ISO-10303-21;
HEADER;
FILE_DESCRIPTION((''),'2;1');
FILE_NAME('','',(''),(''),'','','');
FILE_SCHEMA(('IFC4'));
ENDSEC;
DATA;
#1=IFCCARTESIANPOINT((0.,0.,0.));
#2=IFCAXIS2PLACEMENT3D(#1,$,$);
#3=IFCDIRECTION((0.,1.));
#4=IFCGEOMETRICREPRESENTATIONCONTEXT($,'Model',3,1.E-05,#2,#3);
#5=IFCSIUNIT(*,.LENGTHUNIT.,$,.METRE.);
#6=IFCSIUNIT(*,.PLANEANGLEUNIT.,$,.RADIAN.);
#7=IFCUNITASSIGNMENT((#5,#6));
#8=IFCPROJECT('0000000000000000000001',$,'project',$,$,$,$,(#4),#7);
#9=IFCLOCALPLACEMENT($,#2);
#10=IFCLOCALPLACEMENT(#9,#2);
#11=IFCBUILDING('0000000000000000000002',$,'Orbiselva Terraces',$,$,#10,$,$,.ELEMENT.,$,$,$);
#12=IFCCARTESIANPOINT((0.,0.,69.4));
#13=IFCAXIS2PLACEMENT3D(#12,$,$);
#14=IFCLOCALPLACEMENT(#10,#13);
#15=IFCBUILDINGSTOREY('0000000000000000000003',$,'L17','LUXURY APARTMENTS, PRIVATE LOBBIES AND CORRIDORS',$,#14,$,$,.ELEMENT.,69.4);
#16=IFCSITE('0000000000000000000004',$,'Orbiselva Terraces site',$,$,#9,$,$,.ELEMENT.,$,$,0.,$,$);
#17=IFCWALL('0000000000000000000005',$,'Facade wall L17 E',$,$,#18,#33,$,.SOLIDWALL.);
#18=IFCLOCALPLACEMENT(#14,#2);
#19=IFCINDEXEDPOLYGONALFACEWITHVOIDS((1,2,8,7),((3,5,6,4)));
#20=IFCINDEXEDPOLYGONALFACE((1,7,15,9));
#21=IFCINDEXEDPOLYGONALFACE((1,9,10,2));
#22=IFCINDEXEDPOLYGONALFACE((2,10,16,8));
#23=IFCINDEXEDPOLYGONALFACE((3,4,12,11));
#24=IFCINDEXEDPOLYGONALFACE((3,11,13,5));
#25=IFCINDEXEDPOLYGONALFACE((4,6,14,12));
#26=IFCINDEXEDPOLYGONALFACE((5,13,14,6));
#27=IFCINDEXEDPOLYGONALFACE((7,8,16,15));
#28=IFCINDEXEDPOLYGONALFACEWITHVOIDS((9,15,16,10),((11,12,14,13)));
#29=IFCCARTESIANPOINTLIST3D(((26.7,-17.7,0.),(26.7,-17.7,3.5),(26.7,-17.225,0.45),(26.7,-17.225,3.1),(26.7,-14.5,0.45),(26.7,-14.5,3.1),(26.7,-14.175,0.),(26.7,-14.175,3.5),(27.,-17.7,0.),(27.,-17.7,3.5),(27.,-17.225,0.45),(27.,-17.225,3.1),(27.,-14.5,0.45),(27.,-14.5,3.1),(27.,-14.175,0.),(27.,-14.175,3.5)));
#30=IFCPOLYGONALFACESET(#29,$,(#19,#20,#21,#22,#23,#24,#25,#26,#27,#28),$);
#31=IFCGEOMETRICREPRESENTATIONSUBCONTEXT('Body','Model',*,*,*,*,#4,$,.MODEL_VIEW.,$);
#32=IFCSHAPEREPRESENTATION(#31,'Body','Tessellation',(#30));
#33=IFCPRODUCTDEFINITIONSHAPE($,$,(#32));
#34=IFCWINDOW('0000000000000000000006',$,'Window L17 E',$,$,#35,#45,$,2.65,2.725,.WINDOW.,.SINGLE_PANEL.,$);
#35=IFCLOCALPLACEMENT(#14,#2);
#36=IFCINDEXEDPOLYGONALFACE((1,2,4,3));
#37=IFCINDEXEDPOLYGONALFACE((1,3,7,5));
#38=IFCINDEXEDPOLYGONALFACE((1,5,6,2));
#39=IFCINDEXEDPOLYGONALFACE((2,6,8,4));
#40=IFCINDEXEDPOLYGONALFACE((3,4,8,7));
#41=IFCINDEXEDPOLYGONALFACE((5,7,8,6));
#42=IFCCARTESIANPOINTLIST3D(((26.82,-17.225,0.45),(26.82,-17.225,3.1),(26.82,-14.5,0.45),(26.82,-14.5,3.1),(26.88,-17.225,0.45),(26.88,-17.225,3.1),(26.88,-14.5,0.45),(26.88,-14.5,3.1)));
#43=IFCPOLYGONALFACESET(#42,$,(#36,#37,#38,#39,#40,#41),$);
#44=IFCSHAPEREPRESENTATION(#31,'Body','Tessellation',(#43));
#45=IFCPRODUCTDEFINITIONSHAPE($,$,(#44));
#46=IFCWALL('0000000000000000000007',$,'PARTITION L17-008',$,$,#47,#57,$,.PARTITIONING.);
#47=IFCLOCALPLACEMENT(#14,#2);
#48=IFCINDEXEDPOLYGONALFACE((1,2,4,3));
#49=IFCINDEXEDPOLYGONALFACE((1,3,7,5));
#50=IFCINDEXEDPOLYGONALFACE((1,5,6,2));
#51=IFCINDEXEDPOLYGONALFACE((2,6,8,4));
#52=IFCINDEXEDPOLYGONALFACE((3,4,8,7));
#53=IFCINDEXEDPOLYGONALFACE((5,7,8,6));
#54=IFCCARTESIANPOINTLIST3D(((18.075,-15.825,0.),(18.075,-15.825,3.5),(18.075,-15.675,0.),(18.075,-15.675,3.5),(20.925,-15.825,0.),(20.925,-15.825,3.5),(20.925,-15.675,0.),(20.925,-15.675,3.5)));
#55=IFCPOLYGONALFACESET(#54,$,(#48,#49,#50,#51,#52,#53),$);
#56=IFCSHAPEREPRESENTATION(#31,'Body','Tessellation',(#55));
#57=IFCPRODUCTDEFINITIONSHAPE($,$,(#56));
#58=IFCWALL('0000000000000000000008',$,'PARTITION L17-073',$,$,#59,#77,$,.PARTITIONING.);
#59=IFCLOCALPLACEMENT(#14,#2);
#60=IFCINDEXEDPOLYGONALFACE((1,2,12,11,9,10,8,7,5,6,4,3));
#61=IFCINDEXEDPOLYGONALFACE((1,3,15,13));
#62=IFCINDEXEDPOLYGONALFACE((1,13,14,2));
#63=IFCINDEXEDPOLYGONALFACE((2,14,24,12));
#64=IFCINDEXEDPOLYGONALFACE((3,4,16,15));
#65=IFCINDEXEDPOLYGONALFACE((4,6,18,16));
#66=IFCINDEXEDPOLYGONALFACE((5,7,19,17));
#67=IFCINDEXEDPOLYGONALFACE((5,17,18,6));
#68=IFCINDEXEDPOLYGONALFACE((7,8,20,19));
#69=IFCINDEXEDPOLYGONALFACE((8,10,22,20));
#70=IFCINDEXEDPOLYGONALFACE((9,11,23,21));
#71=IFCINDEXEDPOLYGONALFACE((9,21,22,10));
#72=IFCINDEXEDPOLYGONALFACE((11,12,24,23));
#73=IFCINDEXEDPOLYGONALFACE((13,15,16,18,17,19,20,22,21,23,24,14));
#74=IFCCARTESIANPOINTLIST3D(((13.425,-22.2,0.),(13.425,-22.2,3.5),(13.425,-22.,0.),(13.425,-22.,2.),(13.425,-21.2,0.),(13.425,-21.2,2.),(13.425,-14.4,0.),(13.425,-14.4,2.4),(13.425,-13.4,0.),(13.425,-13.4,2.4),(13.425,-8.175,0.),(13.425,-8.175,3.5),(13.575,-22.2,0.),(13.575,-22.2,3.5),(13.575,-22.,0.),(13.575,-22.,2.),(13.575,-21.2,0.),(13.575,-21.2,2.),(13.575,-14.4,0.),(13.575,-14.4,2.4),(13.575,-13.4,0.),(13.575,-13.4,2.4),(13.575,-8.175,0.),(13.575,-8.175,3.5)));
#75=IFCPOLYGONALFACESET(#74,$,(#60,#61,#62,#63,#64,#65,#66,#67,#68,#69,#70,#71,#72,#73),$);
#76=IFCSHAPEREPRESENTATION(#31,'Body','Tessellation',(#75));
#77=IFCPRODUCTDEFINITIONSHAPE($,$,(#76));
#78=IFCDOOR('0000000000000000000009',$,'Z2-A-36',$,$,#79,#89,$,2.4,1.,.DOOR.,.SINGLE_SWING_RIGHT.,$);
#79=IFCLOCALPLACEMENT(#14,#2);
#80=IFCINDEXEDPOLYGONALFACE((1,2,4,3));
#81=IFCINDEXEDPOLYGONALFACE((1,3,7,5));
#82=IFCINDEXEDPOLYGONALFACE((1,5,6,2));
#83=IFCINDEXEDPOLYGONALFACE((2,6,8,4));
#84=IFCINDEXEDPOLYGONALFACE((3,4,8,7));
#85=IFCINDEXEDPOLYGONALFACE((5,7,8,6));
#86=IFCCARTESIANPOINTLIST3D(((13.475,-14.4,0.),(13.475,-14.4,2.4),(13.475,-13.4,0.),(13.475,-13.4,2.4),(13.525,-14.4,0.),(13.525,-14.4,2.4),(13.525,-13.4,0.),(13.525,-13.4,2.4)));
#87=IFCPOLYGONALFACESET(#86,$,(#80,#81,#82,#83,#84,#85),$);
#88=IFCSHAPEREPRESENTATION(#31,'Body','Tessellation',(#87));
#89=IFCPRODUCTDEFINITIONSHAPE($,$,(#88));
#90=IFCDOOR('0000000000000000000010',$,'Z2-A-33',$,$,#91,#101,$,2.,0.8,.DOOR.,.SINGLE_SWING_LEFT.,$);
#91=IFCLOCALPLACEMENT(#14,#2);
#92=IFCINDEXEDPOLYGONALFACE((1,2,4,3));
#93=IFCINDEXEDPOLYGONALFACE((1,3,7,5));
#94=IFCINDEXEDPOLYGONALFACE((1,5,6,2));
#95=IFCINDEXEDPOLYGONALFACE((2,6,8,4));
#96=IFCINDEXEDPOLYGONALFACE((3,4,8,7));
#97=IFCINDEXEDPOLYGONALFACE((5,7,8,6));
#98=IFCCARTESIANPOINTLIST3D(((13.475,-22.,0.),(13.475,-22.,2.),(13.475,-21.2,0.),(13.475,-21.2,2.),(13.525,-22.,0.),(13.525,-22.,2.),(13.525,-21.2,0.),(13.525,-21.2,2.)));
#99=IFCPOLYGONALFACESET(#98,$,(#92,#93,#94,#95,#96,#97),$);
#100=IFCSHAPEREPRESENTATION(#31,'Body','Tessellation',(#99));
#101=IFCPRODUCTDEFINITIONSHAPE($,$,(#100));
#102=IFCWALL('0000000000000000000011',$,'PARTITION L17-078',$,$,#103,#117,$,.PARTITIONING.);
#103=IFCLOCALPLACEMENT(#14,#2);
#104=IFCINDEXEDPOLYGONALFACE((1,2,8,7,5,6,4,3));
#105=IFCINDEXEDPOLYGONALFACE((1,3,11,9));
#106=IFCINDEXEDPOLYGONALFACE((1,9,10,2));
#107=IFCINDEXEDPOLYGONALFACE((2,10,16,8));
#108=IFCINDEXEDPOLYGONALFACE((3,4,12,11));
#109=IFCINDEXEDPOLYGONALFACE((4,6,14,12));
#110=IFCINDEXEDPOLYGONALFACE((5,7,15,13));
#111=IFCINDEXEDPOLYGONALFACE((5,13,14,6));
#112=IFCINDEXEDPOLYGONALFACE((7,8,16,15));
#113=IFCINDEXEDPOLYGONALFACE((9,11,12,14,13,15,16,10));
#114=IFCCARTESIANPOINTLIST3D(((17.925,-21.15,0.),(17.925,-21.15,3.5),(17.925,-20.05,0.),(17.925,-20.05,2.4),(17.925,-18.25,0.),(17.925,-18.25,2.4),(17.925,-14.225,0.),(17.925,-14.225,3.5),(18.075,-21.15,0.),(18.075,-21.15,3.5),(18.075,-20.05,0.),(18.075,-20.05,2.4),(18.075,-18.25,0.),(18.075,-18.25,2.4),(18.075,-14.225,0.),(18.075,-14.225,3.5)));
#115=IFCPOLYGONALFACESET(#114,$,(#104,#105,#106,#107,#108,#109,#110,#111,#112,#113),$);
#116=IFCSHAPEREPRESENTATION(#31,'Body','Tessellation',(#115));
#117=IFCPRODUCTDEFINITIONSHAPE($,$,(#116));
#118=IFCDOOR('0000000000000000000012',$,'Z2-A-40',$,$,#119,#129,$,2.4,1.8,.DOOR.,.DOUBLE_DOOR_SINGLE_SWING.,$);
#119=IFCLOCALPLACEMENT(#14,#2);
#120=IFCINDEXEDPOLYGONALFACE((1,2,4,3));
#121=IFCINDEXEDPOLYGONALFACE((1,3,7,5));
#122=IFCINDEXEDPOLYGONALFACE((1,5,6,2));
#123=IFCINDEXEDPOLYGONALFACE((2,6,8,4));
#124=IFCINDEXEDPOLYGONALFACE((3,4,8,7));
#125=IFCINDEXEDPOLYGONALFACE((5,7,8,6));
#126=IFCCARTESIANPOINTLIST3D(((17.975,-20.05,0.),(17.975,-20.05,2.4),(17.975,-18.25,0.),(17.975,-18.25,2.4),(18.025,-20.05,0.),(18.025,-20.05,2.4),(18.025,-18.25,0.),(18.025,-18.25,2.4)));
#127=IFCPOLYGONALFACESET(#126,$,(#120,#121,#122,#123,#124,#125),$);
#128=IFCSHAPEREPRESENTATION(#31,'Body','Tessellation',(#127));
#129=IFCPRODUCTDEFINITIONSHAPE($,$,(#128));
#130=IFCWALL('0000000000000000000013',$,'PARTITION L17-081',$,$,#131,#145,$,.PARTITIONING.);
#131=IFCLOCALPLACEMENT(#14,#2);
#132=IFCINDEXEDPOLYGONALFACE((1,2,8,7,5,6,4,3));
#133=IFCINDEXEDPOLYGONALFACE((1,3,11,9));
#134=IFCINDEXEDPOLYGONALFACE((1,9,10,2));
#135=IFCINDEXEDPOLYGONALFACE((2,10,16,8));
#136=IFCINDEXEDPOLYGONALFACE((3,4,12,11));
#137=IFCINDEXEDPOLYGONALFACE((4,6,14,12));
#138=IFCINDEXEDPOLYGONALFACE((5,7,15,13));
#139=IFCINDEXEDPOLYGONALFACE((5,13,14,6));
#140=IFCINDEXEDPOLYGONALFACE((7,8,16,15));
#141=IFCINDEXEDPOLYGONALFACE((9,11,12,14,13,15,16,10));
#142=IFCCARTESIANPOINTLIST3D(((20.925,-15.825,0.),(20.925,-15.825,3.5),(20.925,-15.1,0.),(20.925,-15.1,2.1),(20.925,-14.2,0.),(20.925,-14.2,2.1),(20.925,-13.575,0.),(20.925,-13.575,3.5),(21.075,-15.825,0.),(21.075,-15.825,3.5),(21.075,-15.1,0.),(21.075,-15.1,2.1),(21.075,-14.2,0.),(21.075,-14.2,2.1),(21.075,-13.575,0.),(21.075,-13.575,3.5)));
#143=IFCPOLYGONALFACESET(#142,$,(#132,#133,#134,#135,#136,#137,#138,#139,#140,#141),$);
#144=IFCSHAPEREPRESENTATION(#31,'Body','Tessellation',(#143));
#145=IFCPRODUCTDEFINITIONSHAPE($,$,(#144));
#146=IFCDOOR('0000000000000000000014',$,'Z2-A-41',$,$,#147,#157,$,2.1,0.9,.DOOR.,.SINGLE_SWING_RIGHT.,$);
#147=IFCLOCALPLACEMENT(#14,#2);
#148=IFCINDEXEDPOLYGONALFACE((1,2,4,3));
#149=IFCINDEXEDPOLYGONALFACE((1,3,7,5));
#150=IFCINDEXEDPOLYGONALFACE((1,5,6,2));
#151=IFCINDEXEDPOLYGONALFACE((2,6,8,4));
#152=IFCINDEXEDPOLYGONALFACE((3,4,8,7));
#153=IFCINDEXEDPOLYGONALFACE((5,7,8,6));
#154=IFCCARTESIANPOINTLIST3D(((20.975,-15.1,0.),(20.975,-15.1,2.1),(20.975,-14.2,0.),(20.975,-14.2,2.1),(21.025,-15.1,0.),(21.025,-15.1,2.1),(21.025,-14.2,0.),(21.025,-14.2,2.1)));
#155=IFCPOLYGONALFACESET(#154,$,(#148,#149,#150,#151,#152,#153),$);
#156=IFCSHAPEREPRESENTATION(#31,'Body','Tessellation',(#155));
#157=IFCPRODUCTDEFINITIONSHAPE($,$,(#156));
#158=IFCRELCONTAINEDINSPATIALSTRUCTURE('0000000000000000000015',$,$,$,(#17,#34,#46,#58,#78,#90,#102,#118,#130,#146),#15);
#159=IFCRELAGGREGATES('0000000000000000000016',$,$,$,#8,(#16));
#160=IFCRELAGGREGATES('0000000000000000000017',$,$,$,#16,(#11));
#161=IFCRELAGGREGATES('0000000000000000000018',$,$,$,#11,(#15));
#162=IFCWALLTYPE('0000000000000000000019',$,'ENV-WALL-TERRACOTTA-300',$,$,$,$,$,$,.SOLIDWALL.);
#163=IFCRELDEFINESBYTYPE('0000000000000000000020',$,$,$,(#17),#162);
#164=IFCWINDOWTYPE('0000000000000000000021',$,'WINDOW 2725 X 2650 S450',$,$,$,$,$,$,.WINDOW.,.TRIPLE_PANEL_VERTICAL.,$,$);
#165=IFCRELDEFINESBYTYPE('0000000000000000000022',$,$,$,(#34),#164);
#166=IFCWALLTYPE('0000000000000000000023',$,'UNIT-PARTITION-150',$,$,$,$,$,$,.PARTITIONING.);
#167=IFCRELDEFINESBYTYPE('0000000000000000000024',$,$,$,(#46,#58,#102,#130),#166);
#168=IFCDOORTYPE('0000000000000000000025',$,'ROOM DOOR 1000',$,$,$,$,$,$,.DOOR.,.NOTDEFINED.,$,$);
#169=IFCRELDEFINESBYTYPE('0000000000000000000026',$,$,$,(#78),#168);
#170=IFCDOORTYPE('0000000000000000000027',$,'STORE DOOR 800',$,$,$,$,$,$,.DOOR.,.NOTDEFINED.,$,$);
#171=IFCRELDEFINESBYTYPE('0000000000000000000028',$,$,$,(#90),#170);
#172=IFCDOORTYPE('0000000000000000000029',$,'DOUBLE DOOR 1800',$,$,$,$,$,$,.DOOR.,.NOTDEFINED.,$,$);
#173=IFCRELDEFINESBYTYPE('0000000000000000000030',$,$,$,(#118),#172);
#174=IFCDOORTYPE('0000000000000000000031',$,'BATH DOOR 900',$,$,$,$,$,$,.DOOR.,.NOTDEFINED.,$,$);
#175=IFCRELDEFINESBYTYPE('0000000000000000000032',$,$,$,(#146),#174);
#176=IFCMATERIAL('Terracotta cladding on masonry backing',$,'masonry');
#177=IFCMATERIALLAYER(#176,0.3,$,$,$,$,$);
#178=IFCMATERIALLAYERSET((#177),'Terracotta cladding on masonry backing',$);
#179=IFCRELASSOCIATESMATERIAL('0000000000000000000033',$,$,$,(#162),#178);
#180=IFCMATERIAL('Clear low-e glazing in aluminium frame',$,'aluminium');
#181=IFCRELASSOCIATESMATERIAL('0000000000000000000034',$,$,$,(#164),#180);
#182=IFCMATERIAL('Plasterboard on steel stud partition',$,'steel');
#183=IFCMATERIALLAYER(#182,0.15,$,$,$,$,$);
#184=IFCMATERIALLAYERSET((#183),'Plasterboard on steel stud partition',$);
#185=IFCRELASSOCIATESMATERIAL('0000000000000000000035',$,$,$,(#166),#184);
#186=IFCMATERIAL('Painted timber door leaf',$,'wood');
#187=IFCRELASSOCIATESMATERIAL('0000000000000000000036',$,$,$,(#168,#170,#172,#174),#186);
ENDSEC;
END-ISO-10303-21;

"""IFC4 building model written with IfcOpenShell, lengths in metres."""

from ifc_helpers import new_model, si_unit, direction, frame, frame_2d, origin, place, context, subcontext, project, spatial, rectangle, extrude, material, layer, layer_set, type_object, element, fill, save


model = new_model("IFC4")

# Units and contexts
model_context = context("Model", 3, precision=1e-05, world=origin(), true_north=direction((0.0, 1.0)))
body_context = subcontext(model_context, "Body", "Model", "MODEL_VIEW")
ifc_project = project(units=[si_unit("LENGTHUNIT", "METRE"), si_unit("PLANEANGLEUNIT", "RADIAN")], contexts=[model_context])

# Site, building, storey
site_placement = place(None, origin())
site = spatial("IfcSite", under=ifc_project, at=site_placement, Name="Orbiselva Terraces site", CompositionType="ELEMENT", RefElevation=0.0)
building_placement = place(site_placement, origin())
building = spatial("IfcBuilding", under=site, at=building_placement, Name="Orbiselva Terraces", CompositionType="ELEMENT")
storey_placement = place(building_placement, frame((0.0, 0.0, 69.4)))
storey = spatial("IfcBuildingStorey", under=building, at=storey_placement, Name="L17", Description="LUXURY APARTMENTS, PRIVATE LOBBIES AND CORRIDORS", CompositionType="ELEMENT", Elevation=69.4)

# Shared definitions
ifc_material_1 = material(Name="Terracotta cladding on masonry backing", Category="masonry")
ifc_layer_1 = layer(ifc_material_1, 0.3)
ifc_layer_set_1 = layer_set([ifc_layer_1], Name="Terracotta cladding on masonry backing")
wall_type_1 = type_object("IfcWallType", Name="ENV-WALL-TERRACOTTA-300", PredefinedType="SOLIDWALL", material=ifc_layer_set_1)
ifc_material_2 = material(Name="Clear low-e glazing in aluminium frame", Category="aluminium")
window_type = type_object("IfcWindowType", Name="WINDOW 2725 X 2650 S450", PartitioningType="TRIPLE_PANEL_VERTICAL", PredefinedType="WINDOW", material=ifc_material_2)

# Wall, opening, window
wall_1_placement = place(storey_placement, frame((26.85, -14.175, 0.0), z_axis=(0.0, 0.0, 1.0), x_axis=(0.0, -1.0, 0.0)))
wall_1 = element("IfcWall", 1, at=wall_1_placement, inside=storey, type_object=wall_type_1, Name="Facade wall L17 E", PredefinedType="SOLIDWALL", context=body_context, shape_type="SweptSolid", body=[
    extrude(rectangle(XDim=3.525, YDim=0.3, at=frame_2d((1.7625, 0.0))), origin(), (0.0, 0.0, 1.0), 3.5),
])
opening_1_placement = place(wall_1_placement, frame((0.325, 0.0, 0.45)))
opening_1 = element("IfcOpeningElement", 2, at=opening_1_placement, cuts=wall_1, PredefinedType="OPENING", context=body_context, shape_type="SweptSolid", body=[
    extrude(rectangle(XDim=2.725, YDim=2.65, at=frame_2d((1.3625, 1.325))), frame((0.0, 0.16, 0.0), z_axis=(0.0, -1.0, 0.0), x_axis=(1.0, 0.0, 0.0)), (0.0, 0.0, 1.0), 0.32),
])
window_1_placement = place(opening_1_placement, origin())
window_1 = element("IfcWindow", 3, at=window_1_placement, inside=storey, type_object=window_type, Name="Window L17 E", OverallHeight=2.65, OverallWidth=2.725, PartitioningType="SINGLE_PANEL", PredefinedType="WINDOW", context=body_context, shape_type="SweptSolid", body=[
    extrude(rectangle(XDim=2.725, YDim=2.65, at=frame_2d((1.3625, 1.325))), frame((0.0, 0.03, 0.0), z_axis=(0.0, -1.0, 0.0), x_axis=(1.0, 0.0, 0.0)), (0.0, 0.0, 1.0), 0.06),
])
fill(opening_1, window_1)

# Wall
ifc_material_3 = material(Name="Plasterboard on steel stud partition", Category="steel")
ifc_layer_2 = layer(ifc_material_3, 0.15)
ifc_layer_set_2 = layer_set([ifc_layer_2], Name="Plasterboard on steel stud partition")
wall_type_2 = type_object("IfcWallType", Name="UNIT-PARTITION-150", PredefinedType="PARTITIONING", material=ifc_layer_set_2)
wall_2_placement = place(storey_placement, frame((18.075, -15.75, 0.0), z_axis=(0.0, 0.0, 1.0), x_axis=(1.0, 0.0, 0.0)))
element("IfcWall", 4, at=wall_2_placement, inside=storey, type_object=wall_type_2, Name="PARTITION L17-008", PredefinedType="PARTITIONING", context=body_context, shape_type="SweptSolid", body=[
    extrude(rectangle(XDim=2.85, YDim=0.15, at=frame_2d((1.425, 0.0))), origin(), (0.0, 0.0, 1.0), 3.5),
])

# Wall, openings, doors
wall_3_placement = place(storey_placement, frame((13.5, -22.2, 0.0), z_axis=(0.0, 0.0, 1.0), x_axis=(0.0, 1.0, 0.0)))
wall_3 = element("IfcWall", 5, at=wall_3_placement, inside=storey, type_object=wall_type_2, Name="PARTITION L17-073", PredefinedType="PARTITIONING", context=body_context, shape_type="SweptSolid", body=[
    extrude(rectangle(XDim=14.025, YDim=0.15, at=frame_2d((7.0125, 0.0))), origin(), (0.0, 0.0, 1.0), 3.5),
])
opening_2_placement = place(wall_3_placement, frame((0.2, 0.0, 0.0)))
opening_2 = element("IfcOpeningElement", 6, at=opening_2_placement, cuts=wall_3, PredefinedType="OPENING", context=body_context, shape_type="SweptSolid", body=[
    extrude(rectangle(XDim=0.8, YDim=2.0, at=frame_2d((0.4, 1.0))), frame((0.0, 0.085, 0.0), z_axis=(0.0, -1.0, 0.0), x_axis=(1.0, 0.0, 0.0)), (0.0, 0.0, 1.0), 0.17),
])
opening_3_placement = place(wall_3_placement, frame((7.8, 0.0, 0.0)))
opening_3 = element("IfcOpeningElement", 7, at=opening_3_placement, cuts=wall_3, PredefinedType="OPENING", context=body_context, shape_type="SweptSolid", body=[
    extrude(rectangle(XDim=1.0, YDim=2.4, at=frame_2d((0.5, 1.2))), frame((0.0, 0.085, 0.0), z_axis=(0.0, -1.0, 0.0), x_axis=(1.0, 0.0, 0.0)), (0.0, 0.0, 1.0), 0.17),
])
ifc_material_4 = material(Name="Painted timber door leaf", Category="wood")
door_type_1 = type_object("IfcDoorType", Name="ROOM DOOR 1000", OperationType="NOTDEFINED", PredefinedType="DOOR", material=ifc_material_4)
door_1_placement = place(opening_3_placement, origin())
door_1 = element("IfcDoor", 8, at=door_1_placement, inside=storey, type_object=door_type_1, Name="Z2-A-36", OperationType="SINGLE_SWING_RIGHT", OverallHeight=2.4, OverallWidth=1.0, PredefinedType="DOOR", context=body_context, shape_type="SweptSolid", body=[
    extrude(rectangle(XDim=1.0, YDim=2.4, at=frame_2d((0.5, 1.2))), frame((0.0, 0.025, 0.0), z_axis=(0.0, -1.0, 0.0), x_axis=(1.0, 0.0, 0.0)), (0.0, 0.0, 1.0), 0.05),
])
fill(opening_3, door_1)
door_type_2 = type_object("IfcDoorType", Name="STORE DOOR 800", OperationType="NOTDEFINED", PredefinedType="DOOR", material=ifc_material_4)
door_2_placement = place(opening_2_placement, origin())
door_2 = element("IfcDoor", 9, at=door_2_placement, inside=storey, type_object=door_type_2, Name="Z2-A-33", OperationType="SINGLE_SWING_LEFT", OverallHeight=2.0, OverallWidth=0.8, PredefinedType="DOOR", context=body_context, shape_type="SweptSolid", body=[
    extrude(rectangle(XDim=0.8, YDim=2.0, at=frame_2d((0.4, 1.0))), frame((0.0, 0.025, 0.0), z_axis=(0.0, -1.0, 0.0), x_axis=(1.0, 0.0, 0.0)), (0.0, 0.0, 1.0), 0.05),
])
fill(opening_2, door_2)

# Walls, openings, doors
wall_4_placement = place(storey_placement, frame((18.0, -14.225, 0.0), z_axis=(0.0, 0.0, 1.0), x_axis=(0.0, -1.0, 0.0)))
wall_4 = element("IfcWall", 10, at=wall_4_placement, inside=storey, type_object=wall_type_2, Name="PARTITION L17-078", PredefinedType="PARTITIONING", context=body_context, shape_type="SweptSolid", body=[
    extrude(rectangle(XDim=6.925, YDim=0.15, at=frame_2d((3.4625, 0.0))), origin(), (0.0, 0.0, 1.0), 3.5),
])
opening_4_placement = place(wall_4_placement, frame((4.025, 0.0, 0.0)))
opening_4 = element("IfcOpeningElement", 11, at=opening_4_placement, cuts=wall_4, PredefinedType="OPENING", context=body_context, shape_type="SweptSolid", body=[
    extrude(rectangle(XDim=1.8, YDim=2.4, at=frame_2d((0.9, 1.2))), frame((0.0, 0.085, 0.0), z_axis=(0.0, -1.0, 0.0), x_axis=(1.0, 0.0, 0.0)), (0.0, 0.0, 1.0), 0.17),
])
door_type_3 = type_object("IfcDoorType", Name="DOUBLE DOOR 1800", OperationType="NOTDEFINED", PredefinedType="DOOR", material=ifc_material_4)
door_3_placement = place(opening_4_placement, origin())
door_3 = element("IfcDoor", 12, at=door_3_placement, inside=storey, type_object=door_type_3, Name="Z2-A-40", OperationType="DOUBLE_DOOR_SINGLE_SWING", OverallHeight=2.4, OverallWidth=1.8, PredefinedType="DOOR", context=body_context, shape_type="SweptSolid", body=[
    extrude(rectangle(XDim=1.8, YDim=2.4, at=frame_2d((0.9, 1.2))), frame((0.0, 0.025, 0.0), z_axis=(0.0, -1.0, 0.0), x_axis=(1.0, 0.0, 0.0)), (0.0, 0.0, 1.0), 0.05),
])
fill(opening_4, door_3)
wall_5_placement = place(storey_placement, frame((21.0, -15.825, 0.0), z_axis=(0.0, 0.0, 1.0), x_axis=(0.0, 1.0, 0.0)))
wall_5 = element("IfcWall", 13, at=wall_5_placement, inside=storey, type_object=wall_type_2, Name="PARTITION L17-081", PredefinedType="PARTITIONING", context=body_context, shape_type="SweptSolid", body=[
    extrude(rectangle(XDim=2.25, YDim=0.15, at=frame_2d((1.125, 0.0))), origin(), (0.0, 0.0, 1.0), 3.5),
])
opening_5_placement = place(wall_5_placement, frame((0.725, 0.0, 0.0)))
opening_5 = element("IfcOpeningElement", 14, at=opening_5_placement, cuts=wall_5, PredefinedType="OPENING", context=body_context, shape_type="SweptSolid", body=[
    extrude(rectangle(XDim=0.9, YDim=2.1, at=frame_2d((0.45, 1.05))), frame((0.0, 0.085, 0.0), z_axis=(0.0, -1.0, 0.0), x_axis=(1.0, 0.0, 0.0)), (0.0, 0.0, 1.0), 0.17),
])
door_type_4 = type_object("IfcDoorType", Name="BATH DOOR 900", OperationType="NOTDEFINED", PredefinedType="DOOR", material=ifc_material_4)
door_4_placement = place(opening_5_placement, origin())
door_4 = element("IfcDoor", 15, at=door_4_placement, inside=storey, type_object=door_type_4, Name="Z2-A-41", OperationType="SINGLE_SWING_RIGHT", OverallHeight=2.1, OverallWidth=0.9, PredefinedType="DOOR", context=body_context, shape_type="SweptSolid", body=[
    extrude(rectangle(XDim=0.9, YDim=2.1, at=frame_2d((0.45, 1.05))), frame((0.0, 0.025, 0.0), z_axis=(0.0, -1.0, 0.0), x_axis=(1.0, 0.0, 0.0)), (0.0, 0.0, 1.0), 0.05),
])
fill(opening_5, door_4)

save(model, "model.ifc")
